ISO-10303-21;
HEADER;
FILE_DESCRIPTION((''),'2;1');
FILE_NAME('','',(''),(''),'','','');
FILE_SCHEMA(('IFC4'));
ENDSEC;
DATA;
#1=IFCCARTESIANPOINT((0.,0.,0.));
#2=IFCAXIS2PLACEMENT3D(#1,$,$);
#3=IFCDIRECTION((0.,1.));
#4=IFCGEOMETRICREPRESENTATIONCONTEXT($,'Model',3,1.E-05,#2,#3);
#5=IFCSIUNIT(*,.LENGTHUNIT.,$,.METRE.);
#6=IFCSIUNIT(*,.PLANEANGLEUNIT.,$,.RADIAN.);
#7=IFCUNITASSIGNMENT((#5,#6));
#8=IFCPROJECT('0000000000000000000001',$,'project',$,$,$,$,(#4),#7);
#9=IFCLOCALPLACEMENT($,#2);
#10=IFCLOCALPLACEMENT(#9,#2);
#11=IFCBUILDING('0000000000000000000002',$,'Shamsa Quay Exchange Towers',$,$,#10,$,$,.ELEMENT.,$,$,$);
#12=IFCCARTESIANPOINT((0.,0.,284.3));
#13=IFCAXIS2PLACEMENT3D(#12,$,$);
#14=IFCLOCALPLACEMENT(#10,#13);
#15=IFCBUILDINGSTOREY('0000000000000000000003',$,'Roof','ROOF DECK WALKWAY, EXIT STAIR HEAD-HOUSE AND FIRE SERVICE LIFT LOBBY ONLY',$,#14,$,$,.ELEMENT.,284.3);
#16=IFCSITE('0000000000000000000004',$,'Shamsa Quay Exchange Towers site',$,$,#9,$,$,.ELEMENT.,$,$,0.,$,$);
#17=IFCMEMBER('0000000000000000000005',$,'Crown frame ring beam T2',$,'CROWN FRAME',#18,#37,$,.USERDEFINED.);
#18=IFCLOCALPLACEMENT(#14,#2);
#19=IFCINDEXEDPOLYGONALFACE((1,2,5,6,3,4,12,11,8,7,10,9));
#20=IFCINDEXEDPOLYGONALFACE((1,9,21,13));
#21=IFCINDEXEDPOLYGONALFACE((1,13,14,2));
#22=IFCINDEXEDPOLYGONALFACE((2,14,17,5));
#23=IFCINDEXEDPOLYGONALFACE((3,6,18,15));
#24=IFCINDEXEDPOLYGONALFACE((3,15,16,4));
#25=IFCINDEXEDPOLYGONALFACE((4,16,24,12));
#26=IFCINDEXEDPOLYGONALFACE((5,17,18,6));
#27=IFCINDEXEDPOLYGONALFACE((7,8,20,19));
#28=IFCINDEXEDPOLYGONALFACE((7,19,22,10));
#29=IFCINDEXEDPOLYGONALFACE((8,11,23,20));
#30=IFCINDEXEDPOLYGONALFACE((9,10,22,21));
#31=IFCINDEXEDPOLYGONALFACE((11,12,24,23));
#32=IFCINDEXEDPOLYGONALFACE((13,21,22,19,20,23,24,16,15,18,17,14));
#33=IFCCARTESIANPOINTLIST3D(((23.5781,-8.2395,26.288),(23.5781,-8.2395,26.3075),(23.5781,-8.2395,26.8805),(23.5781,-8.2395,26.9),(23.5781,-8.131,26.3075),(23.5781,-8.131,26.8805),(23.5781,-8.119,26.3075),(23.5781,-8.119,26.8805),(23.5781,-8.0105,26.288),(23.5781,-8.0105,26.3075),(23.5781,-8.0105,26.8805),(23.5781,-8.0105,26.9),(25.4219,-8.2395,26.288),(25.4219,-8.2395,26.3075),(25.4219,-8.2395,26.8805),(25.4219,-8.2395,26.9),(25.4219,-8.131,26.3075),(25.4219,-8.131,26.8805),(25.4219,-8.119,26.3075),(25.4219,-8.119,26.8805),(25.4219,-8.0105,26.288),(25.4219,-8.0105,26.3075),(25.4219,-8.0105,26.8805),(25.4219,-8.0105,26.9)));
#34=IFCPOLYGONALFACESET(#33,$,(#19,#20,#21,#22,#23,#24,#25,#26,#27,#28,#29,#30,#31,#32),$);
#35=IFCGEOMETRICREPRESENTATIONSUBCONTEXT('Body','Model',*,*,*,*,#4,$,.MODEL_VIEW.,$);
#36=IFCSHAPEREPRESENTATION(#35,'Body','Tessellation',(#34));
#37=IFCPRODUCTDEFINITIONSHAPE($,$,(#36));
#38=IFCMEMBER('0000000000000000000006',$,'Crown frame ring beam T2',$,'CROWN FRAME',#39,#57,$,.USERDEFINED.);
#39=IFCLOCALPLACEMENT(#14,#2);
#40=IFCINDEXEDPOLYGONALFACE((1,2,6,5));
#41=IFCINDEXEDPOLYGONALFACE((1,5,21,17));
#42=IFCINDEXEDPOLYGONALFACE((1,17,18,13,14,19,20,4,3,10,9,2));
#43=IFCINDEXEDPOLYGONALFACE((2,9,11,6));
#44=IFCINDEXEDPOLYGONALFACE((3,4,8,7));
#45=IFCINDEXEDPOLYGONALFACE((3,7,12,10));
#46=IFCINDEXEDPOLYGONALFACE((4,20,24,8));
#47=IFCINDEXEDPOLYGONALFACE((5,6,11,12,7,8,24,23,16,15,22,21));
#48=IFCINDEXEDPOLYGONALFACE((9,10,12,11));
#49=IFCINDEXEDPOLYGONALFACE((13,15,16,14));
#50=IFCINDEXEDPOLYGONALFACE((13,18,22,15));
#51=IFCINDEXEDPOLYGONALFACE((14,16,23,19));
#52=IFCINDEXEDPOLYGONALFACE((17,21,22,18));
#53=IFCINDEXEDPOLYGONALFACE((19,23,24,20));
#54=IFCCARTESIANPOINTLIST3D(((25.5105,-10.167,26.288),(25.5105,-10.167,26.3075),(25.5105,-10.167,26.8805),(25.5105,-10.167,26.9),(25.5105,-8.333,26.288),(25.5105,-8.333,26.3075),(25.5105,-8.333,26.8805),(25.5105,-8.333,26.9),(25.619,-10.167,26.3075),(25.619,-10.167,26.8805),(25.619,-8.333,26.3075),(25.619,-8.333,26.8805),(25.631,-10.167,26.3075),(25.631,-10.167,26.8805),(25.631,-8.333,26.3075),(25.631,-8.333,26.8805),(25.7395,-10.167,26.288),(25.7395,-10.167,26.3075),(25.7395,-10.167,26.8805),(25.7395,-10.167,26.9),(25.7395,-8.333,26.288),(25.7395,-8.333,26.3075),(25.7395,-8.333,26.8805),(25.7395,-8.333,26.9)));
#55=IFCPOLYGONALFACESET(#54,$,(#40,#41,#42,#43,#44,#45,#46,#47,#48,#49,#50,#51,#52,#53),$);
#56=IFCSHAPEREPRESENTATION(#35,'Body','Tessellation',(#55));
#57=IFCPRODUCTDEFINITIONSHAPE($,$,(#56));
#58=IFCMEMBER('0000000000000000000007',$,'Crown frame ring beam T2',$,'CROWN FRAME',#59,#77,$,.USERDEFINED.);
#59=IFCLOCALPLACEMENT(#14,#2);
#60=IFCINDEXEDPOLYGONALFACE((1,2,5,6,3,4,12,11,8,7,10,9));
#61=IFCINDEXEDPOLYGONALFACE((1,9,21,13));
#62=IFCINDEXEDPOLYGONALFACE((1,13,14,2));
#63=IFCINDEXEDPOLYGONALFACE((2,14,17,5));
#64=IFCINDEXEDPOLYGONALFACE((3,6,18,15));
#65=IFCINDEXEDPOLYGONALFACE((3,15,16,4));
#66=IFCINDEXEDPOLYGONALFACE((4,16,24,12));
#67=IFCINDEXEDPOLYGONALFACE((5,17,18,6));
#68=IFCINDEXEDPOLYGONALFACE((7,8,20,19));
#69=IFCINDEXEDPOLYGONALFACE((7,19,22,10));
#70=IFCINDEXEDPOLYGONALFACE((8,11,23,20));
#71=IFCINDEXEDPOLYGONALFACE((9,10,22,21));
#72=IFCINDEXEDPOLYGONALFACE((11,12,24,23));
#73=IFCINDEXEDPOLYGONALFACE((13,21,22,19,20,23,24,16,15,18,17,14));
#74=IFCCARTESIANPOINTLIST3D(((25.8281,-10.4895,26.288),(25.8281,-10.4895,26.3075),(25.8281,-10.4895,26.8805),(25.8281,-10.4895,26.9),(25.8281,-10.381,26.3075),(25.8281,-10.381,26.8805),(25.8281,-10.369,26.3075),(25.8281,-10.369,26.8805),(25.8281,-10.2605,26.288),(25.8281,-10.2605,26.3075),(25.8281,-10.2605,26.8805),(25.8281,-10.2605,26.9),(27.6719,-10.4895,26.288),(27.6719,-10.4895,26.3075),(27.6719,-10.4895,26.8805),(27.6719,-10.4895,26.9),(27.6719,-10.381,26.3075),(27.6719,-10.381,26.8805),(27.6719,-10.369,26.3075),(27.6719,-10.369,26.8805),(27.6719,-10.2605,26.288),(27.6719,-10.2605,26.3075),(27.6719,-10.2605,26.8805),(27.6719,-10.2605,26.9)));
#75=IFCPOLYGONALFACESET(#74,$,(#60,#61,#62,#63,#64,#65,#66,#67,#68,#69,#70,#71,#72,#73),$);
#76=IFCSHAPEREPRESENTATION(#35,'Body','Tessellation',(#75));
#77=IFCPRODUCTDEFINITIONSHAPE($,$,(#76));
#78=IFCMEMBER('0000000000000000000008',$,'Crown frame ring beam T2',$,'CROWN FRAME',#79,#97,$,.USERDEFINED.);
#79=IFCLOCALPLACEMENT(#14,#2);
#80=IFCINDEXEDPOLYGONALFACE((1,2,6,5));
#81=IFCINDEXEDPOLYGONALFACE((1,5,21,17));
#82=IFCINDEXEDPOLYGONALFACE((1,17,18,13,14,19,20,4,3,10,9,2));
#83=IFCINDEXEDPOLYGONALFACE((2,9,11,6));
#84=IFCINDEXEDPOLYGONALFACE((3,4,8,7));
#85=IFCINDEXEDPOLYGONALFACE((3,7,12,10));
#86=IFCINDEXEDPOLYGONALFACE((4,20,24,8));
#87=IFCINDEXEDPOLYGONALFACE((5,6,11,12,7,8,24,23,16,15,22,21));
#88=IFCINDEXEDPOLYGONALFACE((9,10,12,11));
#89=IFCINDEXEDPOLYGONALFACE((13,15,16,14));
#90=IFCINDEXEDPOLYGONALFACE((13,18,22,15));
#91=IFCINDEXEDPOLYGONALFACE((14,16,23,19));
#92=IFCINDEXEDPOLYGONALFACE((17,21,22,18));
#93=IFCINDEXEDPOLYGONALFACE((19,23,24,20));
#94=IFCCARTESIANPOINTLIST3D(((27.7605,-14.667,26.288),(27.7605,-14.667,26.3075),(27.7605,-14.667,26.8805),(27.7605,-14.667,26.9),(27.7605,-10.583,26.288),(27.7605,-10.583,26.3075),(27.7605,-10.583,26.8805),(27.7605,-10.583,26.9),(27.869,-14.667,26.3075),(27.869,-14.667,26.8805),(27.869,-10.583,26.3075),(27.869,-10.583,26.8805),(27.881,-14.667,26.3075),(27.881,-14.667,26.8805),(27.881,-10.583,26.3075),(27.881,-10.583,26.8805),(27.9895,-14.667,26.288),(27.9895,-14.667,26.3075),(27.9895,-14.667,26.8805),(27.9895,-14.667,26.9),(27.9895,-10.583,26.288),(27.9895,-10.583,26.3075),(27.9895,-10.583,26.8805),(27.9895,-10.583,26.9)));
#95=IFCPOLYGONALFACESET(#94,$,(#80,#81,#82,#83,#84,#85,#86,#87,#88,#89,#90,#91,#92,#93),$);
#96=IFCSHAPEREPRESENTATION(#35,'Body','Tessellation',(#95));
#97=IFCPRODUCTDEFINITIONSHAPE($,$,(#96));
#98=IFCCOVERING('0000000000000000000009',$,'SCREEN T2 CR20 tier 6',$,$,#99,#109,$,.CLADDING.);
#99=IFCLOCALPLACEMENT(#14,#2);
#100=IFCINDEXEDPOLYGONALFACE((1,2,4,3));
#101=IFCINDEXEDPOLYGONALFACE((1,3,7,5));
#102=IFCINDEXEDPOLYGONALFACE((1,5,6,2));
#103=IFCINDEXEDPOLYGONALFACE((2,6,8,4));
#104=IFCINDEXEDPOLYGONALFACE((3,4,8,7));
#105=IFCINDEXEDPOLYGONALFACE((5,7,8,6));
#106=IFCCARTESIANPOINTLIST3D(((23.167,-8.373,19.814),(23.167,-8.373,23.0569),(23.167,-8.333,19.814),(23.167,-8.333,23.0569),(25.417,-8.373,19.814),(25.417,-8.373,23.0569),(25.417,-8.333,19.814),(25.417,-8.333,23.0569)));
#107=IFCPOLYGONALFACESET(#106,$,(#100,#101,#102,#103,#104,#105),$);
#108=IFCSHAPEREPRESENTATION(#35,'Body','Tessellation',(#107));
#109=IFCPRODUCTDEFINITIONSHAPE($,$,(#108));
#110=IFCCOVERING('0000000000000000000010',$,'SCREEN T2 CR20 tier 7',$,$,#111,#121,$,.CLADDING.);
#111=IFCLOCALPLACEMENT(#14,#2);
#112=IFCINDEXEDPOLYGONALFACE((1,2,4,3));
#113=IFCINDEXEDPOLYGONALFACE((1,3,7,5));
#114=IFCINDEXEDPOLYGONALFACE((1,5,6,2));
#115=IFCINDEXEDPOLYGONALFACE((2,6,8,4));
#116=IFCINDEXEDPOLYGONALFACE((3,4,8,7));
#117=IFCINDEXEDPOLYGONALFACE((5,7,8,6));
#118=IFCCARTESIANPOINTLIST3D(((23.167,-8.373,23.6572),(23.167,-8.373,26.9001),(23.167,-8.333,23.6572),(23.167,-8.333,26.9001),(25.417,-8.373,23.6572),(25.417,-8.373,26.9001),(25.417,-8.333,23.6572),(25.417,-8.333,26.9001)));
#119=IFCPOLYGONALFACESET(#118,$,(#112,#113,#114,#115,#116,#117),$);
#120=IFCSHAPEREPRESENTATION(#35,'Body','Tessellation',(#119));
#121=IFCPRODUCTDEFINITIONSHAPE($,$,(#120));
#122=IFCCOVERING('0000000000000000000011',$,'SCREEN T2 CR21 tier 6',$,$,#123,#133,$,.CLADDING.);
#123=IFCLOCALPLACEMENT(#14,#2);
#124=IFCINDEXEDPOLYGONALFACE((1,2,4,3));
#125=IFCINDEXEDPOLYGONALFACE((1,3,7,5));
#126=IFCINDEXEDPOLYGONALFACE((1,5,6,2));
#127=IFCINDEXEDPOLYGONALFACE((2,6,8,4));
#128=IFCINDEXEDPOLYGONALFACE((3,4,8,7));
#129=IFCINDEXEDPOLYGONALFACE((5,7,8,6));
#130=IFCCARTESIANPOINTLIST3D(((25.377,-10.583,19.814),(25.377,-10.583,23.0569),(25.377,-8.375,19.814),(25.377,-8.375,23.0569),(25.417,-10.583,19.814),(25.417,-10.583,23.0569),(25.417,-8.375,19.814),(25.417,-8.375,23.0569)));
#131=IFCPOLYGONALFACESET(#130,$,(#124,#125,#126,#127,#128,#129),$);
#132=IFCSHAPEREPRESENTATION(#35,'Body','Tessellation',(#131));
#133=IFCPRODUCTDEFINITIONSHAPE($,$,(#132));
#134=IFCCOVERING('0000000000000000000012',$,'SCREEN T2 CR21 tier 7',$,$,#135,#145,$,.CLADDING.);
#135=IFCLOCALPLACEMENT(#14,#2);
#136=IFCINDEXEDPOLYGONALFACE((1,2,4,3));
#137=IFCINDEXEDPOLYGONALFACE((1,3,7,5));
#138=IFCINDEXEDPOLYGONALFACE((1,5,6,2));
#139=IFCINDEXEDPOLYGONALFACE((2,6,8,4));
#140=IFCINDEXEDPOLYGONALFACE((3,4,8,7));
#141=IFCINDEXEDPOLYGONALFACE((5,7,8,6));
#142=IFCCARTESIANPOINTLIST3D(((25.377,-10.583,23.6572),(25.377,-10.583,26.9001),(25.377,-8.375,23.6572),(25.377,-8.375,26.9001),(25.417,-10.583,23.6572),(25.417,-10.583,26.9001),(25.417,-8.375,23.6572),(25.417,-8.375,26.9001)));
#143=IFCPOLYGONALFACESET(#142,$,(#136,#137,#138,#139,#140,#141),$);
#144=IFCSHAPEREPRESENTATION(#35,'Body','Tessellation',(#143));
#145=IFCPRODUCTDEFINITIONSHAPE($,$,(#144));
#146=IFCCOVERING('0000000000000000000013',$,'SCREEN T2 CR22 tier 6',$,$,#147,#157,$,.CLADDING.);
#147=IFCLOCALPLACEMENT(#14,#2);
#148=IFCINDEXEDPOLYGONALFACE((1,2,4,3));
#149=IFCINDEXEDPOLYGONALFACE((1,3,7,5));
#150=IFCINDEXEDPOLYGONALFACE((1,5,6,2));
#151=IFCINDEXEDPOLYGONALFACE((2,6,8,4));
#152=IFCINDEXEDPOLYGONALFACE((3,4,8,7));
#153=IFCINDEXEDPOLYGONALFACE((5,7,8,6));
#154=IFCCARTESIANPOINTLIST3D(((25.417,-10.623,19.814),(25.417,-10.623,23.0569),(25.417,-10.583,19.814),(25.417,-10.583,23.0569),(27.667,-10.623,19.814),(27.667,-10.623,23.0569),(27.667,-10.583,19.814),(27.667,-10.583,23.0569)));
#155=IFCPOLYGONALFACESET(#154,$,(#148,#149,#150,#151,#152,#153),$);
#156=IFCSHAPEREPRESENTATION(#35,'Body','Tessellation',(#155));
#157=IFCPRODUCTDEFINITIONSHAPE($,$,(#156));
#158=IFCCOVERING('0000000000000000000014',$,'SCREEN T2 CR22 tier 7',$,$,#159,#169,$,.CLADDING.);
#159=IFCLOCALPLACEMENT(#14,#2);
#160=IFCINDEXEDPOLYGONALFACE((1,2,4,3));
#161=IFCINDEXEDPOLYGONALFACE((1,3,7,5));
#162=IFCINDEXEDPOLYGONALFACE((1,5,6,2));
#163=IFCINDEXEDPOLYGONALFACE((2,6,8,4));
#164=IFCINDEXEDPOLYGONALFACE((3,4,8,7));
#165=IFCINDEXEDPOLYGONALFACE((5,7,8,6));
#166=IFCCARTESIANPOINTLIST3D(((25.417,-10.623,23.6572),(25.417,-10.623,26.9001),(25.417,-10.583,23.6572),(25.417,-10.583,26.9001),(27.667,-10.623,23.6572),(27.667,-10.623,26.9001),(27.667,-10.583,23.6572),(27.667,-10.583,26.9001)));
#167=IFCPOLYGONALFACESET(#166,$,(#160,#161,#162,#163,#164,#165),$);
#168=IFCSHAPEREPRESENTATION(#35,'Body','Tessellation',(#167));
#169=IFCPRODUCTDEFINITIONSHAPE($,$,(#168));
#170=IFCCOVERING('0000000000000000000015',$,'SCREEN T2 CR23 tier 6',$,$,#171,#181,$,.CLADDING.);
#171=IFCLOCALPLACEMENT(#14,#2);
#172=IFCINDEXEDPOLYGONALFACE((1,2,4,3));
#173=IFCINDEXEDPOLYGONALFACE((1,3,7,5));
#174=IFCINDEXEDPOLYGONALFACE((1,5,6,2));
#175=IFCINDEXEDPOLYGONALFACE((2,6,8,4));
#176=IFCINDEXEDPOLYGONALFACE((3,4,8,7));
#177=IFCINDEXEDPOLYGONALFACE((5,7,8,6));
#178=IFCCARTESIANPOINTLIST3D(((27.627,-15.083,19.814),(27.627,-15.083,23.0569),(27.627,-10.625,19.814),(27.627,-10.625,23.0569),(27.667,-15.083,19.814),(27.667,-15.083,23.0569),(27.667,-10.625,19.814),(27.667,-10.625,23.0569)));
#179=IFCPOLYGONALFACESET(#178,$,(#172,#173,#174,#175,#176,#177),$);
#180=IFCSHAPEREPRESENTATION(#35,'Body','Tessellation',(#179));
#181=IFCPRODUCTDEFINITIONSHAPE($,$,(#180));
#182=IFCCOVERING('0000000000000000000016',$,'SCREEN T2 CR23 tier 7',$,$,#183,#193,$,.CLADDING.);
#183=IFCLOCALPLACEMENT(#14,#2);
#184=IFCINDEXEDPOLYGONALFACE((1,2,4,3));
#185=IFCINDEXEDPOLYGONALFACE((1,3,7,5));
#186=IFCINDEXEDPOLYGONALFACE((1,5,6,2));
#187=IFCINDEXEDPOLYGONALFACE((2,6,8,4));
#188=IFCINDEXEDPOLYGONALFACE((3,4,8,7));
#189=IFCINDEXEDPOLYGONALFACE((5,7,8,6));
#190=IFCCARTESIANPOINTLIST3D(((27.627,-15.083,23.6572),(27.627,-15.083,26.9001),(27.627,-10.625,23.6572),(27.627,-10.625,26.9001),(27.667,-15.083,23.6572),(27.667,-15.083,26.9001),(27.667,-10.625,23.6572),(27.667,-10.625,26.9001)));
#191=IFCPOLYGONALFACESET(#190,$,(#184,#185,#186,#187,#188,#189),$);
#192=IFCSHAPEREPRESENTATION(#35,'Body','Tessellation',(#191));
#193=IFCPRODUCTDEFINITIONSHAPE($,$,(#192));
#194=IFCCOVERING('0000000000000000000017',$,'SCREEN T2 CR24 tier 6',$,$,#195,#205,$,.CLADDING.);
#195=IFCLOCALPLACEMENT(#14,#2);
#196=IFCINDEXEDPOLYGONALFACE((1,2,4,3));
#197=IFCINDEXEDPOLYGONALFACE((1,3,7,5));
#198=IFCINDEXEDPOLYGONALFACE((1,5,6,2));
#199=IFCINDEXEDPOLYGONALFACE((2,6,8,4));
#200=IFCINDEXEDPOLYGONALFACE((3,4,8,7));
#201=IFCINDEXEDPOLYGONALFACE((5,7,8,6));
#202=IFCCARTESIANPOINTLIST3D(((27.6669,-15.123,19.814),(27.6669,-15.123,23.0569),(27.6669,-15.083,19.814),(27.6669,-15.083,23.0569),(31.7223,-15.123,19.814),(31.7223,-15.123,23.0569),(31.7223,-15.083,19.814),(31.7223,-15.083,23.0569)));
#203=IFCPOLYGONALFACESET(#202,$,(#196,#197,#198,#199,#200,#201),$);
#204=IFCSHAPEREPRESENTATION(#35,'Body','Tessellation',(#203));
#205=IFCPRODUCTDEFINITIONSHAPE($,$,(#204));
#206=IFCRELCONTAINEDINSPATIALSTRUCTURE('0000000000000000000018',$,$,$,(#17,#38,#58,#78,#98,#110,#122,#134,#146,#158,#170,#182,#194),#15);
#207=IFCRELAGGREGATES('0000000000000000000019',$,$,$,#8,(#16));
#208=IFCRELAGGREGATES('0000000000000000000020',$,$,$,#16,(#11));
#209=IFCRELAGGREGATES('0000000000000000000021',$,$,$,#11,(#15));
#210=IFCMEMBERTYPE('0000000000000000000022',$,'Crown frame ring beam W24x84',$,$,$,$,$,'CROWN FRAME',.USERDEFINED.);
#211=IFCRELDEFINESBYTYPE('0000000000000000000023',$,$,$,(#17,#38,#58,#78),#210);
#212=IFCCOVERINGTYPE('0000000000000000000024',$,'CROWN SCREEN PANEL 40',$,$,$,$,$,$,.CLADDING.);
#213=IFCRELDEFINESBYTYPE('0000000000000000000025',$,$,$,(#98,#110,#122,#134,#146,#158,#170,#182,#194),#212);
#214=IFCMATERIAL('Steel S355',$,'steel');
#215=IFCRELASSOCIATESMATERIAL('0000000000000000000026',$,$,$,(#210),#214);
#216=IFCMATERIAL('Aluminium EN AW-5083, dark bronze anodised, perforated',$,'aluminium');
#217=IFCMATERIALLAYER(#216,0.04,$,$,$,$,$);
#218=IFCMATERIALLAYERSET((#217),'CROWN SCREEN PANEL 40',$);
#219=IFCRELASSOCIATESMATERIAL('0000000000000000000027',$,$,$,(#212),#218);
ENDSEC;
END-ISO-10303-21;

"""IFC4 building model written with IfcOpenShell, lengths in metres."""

from ifc_helpers import new_model, si_unit, direction, frame, origin, origin_2d, place, context, subcontext, project, spatial, rectangle, i_section, extrude, material, layer, layer_set, material_profile, profile_set, type_object, element, save


model = new_model("IFC4")

# Units and contexts
model_context = context("Model", 3, precision=1e-05, world=origin(), true_north=direction((0.0, 1.0)))
body_context = subcontext(model_context, "Body", "Model", "MODEL_VIEW")
ifc_project = project(units=[si_unit("LENGTHUNIT", "METRE"), si_unit("PLANEANGLEUNIT", "RADIAN")], contexts=[model_context])

# Site, building, storey
site_placement = place(None, origin())
site = spatial("IfcSite", under=ifc_project, at=site_placement, Name="Shamsa Quay Exchange Towers site", CompositionType="ELEMENT", RefElevation=0.0)
building_placement = place(site_placement, origin())
building = spatial("IfcBuilding", under=site, at=building_placement, Name="Shamsa Quay Exchange Towers", CompositionType="ELEMENT")
storey_placement = place(building_placement, frame((0.0, 0.0, 284.3)))
storey = spatial("IfcBuildingStorey", under=building, at=storey_placement, Name="Roof", Description="ROOF DECK WALKWAY, EXIT STAIR HEAD-HOUSE AND FIRE SERVICE LIFT LOBBY ONLY", CompositionType="ELEMENT", Elevation=284.3)

# Members
ifc_material_1 = material(Name="Steel S355", Category="steel")
ifc_material_profile_1 = material_profile(ifc_material_1, i_section(OverallWidth=0.229, OverallDepth=0.6121, WebThickness=0.012, FlangeThickness=0.0195, at=origin_2d()), Name="W24x84")
ifc_profile_set_1 = profile_set([ifc_material_profile_1], Name="Steel S355")
member_type_1 = type_object("IfcMemberType", Name="Crown frame ring beam W24x84", ElementType="CROWN FRAME", PredefinedType="USERDEFINED", material=ifc_profile_set_1)
member_1_placement = place(storey_placement, frame((23.5781, -8.125, 26.594), z_axis=(1.0, 0.0, 0.0), x_axis=(0.0, 1.0, 0.0)))
element("IfcMember", 1, at=member_1_placement, inside=storey, type_object=member_type_1, Name="Crown frame ring beam T2", ObjectType="CROWN FRAME", PredefinedType="USERDEFINED", context=body_context, shape_type="SweptSolid", body=[
    extrude(i_section(OverallWidth=0.229, OverallDepth=0.6121, WebThickness=0.012, FlangeThickness=0.0195, at=origin_2d()), origin(), (0.0, 0.0, 1.0), 1.8438),
])
member_2_placement = place(storey_placement, frame((25.625, -8.333, 26.594), z_axis=(0.0, -1.0, 0.0), x_axis=(1.0, 0.0, 0.0)))
element("IfcMember", 2, at=member_2_placement, inside=storey, type_object=member_type_1, Name="Crown frame ring beam T2", ObjectType="CROWN FRAME", PredefinedType="USERDEFINED", context=body_context, shape_type="SweptSolid", body=[
    extrude(i_section(OverallWidth=0.229, OverallDepth=0.6121, WebThickness=0.012, FlangeThickness=0.0195, at=origin_2d()), origin(), (0.0, 0.0, 1.0), 1.834),
])
member_3_placement = place(storey_placement, frame((25.8281, -10.375, 26.594), z_axis=(1.0, 0.0, 0.0), x_axis=(0.0, 1.0, 0.0)))
element("IfcMember", 3, at=member_3_placement, inside=storey, type_object=member_type_1, Name="Crown frame ring beam T2", ObjectType="CROWN FRAME", PredefinedType="USERDEFINED", context=body_context, shape_type="SweptSolid", body=[
    extrude(i_section(OverallWidth=0.229, OverallDepth=0.6121, WebThickness=0.012, FlangeThickness=0.0195, at=origin_2d()), origin(), (0.0, 0.0, 1.0), 1.8438),
])
member_4_placement = place(storey_placement, frame((27.875, -10.583, 26.594), z_axis=(0.0, -1.0, 0.0), x_axis=(1.0, 0.0, 0.0)))
element("IfcMember", 4, at=member_4_placement, inside=storey, type_object=member_type_1, Name="Crown frame ring beam T2", ObjectType="CROWN FRAME", PredefinedType="USERDEFINED", context=body_context, shape_type="SweptSolid", body=[
    extrude(i_section(OverallWidth=0.229, OverallDepth=0.6121, WebThickness=0.012, FlangeThickness=0.0195, at=origin_2d()), origin(), (0.0, 0.0, 1.0), 4.084),
])

# Coverings
ifc_material_2 = material(Name="Aluminium EN AW-5083, dark bronze anodised, perforated", Category="aluminium")
ifc_layer = layer(ifc_material_2, 0.04)
ifc_layer_set = layer_set([ifc_layer], Name="CROWN SCREEN PANEL 40")
covering_type = type_object("IfcCoveringType", Name="CROWN SCREEN PANEL 40", PredefinedType="CLADDING", material=ifc_layer_set)
for number, where, name in (
    (5, (24.292, -8.353, 19.814), "SCREEN T2 CR20 tier 6"),
    (6, (24.292, -8.353, 23.6572), "SCREEN T2 CR20 tier 7"),
):
    element("IfcCovering", number, at=place(storey_placement, frame(where)), inside=storey, type_object=covering_type, Name=name, PredefinedType="CLADDING", context=body_context, shape_type="SweptSolid", body=[
        extrude(rectangle(XDim=2.25, YDim=0.04, at=origin_2d()), origin(), (0.0, 0.0, 1.0), 3.2429),
    ])
for number, where, z_axis, x_axis, name in (
    (7, (25.397, -9.479, 19.814), (0.0, 0.0, 1.0), (0.0, -1.0, 0.0), "SCREEN T2 CR21 tier 6"),
    (8, (25.397, -9.479, 23.6572), (0.0, 0.0, 1.0), (0.0, -1.0, 0.0), "SCREEN T2 CR21 tier 7"),
):
    element("IfcCovering", number, at=place(storey_placement, frame(where, z_axis=z_axis, x_axis=x_axis)), inside=storey, type_object=covering_type, Name=name, PredefinedType="CLADDING", context=body_context, shape_type="SweptSolid", body=[
        extrude(rectangle(XDim=2.208, YDim=0.04, at=origin_2d()), origin(), (0.0, 0.0, 1.0), 3.2429),
    ])
for number, where, name in (
    (9, (26.542, -10.603, 19.814), "SCREEN T2 CR22 tier 6"),
    (10, (26.542, -10.603, 23.6572), "SCREEN T2 CR22 tier 7"),
):
    element("IfcCovering", number, at=place(storey_placement, frame(where)), inside=storey, type_object=covering_type, Name=name, PredefinedType="CLADDING", context=body_context, shape_type="SweptSolid", body=[
        extrude(rectangle(XDim=2.25, YDim=0.04, at=origin_2d()), origin(), (0.0, 0.0, 1.0), 3.2429),
    ])
for number, where, z_axis, x_axis, name in (
    (11, (27.647, -12.854, 19.814), (0.0, 0.0, 1.0), (0.0, -1.0, 0.0), "SCREEN T2 CR23 tier 6"),
    (12, (27.647, -12.854, 23.6572), (0.0, 0.0, 1.0), (0.0, -1.0, 0.0), "SCREEN T2 CR23 tier 7"),
):
    element("IfcCovering", number, at=place(storey_placement, frame(where, z_axis=z_axis, x_axis=x_axis)), inside=storey, type_object=covering_type, Name=name, PredefinedType="CLADDING", context=body_context, shape_type="SweptSolid", body=[
        extrude(rectangle(XDim=4.458, YDim=0.04, at=origin_2d()), origin(), (0.0, 0.0, 1.0), 3.2429),
    ])
for number, where, name in (
    (13, (29.6946, -15.103, 19.814), "SCREEN T2 CR24 tier 6"),
):
    element("IfcCovering", number, at=place(storey_placement, frame(where)), inside=storey, type_object=covering_type, Name=name, PredefinedType="CLADDING", context=body_context, shape_type="SweptSolid", body=[
        extrude(rectangle(XDim=4.0554, YDim=0.04, at=origin_2d()), origin(), (0.0, 0.0, 1.0), 3.2429),
    ])

save(model, "model.ifc")
